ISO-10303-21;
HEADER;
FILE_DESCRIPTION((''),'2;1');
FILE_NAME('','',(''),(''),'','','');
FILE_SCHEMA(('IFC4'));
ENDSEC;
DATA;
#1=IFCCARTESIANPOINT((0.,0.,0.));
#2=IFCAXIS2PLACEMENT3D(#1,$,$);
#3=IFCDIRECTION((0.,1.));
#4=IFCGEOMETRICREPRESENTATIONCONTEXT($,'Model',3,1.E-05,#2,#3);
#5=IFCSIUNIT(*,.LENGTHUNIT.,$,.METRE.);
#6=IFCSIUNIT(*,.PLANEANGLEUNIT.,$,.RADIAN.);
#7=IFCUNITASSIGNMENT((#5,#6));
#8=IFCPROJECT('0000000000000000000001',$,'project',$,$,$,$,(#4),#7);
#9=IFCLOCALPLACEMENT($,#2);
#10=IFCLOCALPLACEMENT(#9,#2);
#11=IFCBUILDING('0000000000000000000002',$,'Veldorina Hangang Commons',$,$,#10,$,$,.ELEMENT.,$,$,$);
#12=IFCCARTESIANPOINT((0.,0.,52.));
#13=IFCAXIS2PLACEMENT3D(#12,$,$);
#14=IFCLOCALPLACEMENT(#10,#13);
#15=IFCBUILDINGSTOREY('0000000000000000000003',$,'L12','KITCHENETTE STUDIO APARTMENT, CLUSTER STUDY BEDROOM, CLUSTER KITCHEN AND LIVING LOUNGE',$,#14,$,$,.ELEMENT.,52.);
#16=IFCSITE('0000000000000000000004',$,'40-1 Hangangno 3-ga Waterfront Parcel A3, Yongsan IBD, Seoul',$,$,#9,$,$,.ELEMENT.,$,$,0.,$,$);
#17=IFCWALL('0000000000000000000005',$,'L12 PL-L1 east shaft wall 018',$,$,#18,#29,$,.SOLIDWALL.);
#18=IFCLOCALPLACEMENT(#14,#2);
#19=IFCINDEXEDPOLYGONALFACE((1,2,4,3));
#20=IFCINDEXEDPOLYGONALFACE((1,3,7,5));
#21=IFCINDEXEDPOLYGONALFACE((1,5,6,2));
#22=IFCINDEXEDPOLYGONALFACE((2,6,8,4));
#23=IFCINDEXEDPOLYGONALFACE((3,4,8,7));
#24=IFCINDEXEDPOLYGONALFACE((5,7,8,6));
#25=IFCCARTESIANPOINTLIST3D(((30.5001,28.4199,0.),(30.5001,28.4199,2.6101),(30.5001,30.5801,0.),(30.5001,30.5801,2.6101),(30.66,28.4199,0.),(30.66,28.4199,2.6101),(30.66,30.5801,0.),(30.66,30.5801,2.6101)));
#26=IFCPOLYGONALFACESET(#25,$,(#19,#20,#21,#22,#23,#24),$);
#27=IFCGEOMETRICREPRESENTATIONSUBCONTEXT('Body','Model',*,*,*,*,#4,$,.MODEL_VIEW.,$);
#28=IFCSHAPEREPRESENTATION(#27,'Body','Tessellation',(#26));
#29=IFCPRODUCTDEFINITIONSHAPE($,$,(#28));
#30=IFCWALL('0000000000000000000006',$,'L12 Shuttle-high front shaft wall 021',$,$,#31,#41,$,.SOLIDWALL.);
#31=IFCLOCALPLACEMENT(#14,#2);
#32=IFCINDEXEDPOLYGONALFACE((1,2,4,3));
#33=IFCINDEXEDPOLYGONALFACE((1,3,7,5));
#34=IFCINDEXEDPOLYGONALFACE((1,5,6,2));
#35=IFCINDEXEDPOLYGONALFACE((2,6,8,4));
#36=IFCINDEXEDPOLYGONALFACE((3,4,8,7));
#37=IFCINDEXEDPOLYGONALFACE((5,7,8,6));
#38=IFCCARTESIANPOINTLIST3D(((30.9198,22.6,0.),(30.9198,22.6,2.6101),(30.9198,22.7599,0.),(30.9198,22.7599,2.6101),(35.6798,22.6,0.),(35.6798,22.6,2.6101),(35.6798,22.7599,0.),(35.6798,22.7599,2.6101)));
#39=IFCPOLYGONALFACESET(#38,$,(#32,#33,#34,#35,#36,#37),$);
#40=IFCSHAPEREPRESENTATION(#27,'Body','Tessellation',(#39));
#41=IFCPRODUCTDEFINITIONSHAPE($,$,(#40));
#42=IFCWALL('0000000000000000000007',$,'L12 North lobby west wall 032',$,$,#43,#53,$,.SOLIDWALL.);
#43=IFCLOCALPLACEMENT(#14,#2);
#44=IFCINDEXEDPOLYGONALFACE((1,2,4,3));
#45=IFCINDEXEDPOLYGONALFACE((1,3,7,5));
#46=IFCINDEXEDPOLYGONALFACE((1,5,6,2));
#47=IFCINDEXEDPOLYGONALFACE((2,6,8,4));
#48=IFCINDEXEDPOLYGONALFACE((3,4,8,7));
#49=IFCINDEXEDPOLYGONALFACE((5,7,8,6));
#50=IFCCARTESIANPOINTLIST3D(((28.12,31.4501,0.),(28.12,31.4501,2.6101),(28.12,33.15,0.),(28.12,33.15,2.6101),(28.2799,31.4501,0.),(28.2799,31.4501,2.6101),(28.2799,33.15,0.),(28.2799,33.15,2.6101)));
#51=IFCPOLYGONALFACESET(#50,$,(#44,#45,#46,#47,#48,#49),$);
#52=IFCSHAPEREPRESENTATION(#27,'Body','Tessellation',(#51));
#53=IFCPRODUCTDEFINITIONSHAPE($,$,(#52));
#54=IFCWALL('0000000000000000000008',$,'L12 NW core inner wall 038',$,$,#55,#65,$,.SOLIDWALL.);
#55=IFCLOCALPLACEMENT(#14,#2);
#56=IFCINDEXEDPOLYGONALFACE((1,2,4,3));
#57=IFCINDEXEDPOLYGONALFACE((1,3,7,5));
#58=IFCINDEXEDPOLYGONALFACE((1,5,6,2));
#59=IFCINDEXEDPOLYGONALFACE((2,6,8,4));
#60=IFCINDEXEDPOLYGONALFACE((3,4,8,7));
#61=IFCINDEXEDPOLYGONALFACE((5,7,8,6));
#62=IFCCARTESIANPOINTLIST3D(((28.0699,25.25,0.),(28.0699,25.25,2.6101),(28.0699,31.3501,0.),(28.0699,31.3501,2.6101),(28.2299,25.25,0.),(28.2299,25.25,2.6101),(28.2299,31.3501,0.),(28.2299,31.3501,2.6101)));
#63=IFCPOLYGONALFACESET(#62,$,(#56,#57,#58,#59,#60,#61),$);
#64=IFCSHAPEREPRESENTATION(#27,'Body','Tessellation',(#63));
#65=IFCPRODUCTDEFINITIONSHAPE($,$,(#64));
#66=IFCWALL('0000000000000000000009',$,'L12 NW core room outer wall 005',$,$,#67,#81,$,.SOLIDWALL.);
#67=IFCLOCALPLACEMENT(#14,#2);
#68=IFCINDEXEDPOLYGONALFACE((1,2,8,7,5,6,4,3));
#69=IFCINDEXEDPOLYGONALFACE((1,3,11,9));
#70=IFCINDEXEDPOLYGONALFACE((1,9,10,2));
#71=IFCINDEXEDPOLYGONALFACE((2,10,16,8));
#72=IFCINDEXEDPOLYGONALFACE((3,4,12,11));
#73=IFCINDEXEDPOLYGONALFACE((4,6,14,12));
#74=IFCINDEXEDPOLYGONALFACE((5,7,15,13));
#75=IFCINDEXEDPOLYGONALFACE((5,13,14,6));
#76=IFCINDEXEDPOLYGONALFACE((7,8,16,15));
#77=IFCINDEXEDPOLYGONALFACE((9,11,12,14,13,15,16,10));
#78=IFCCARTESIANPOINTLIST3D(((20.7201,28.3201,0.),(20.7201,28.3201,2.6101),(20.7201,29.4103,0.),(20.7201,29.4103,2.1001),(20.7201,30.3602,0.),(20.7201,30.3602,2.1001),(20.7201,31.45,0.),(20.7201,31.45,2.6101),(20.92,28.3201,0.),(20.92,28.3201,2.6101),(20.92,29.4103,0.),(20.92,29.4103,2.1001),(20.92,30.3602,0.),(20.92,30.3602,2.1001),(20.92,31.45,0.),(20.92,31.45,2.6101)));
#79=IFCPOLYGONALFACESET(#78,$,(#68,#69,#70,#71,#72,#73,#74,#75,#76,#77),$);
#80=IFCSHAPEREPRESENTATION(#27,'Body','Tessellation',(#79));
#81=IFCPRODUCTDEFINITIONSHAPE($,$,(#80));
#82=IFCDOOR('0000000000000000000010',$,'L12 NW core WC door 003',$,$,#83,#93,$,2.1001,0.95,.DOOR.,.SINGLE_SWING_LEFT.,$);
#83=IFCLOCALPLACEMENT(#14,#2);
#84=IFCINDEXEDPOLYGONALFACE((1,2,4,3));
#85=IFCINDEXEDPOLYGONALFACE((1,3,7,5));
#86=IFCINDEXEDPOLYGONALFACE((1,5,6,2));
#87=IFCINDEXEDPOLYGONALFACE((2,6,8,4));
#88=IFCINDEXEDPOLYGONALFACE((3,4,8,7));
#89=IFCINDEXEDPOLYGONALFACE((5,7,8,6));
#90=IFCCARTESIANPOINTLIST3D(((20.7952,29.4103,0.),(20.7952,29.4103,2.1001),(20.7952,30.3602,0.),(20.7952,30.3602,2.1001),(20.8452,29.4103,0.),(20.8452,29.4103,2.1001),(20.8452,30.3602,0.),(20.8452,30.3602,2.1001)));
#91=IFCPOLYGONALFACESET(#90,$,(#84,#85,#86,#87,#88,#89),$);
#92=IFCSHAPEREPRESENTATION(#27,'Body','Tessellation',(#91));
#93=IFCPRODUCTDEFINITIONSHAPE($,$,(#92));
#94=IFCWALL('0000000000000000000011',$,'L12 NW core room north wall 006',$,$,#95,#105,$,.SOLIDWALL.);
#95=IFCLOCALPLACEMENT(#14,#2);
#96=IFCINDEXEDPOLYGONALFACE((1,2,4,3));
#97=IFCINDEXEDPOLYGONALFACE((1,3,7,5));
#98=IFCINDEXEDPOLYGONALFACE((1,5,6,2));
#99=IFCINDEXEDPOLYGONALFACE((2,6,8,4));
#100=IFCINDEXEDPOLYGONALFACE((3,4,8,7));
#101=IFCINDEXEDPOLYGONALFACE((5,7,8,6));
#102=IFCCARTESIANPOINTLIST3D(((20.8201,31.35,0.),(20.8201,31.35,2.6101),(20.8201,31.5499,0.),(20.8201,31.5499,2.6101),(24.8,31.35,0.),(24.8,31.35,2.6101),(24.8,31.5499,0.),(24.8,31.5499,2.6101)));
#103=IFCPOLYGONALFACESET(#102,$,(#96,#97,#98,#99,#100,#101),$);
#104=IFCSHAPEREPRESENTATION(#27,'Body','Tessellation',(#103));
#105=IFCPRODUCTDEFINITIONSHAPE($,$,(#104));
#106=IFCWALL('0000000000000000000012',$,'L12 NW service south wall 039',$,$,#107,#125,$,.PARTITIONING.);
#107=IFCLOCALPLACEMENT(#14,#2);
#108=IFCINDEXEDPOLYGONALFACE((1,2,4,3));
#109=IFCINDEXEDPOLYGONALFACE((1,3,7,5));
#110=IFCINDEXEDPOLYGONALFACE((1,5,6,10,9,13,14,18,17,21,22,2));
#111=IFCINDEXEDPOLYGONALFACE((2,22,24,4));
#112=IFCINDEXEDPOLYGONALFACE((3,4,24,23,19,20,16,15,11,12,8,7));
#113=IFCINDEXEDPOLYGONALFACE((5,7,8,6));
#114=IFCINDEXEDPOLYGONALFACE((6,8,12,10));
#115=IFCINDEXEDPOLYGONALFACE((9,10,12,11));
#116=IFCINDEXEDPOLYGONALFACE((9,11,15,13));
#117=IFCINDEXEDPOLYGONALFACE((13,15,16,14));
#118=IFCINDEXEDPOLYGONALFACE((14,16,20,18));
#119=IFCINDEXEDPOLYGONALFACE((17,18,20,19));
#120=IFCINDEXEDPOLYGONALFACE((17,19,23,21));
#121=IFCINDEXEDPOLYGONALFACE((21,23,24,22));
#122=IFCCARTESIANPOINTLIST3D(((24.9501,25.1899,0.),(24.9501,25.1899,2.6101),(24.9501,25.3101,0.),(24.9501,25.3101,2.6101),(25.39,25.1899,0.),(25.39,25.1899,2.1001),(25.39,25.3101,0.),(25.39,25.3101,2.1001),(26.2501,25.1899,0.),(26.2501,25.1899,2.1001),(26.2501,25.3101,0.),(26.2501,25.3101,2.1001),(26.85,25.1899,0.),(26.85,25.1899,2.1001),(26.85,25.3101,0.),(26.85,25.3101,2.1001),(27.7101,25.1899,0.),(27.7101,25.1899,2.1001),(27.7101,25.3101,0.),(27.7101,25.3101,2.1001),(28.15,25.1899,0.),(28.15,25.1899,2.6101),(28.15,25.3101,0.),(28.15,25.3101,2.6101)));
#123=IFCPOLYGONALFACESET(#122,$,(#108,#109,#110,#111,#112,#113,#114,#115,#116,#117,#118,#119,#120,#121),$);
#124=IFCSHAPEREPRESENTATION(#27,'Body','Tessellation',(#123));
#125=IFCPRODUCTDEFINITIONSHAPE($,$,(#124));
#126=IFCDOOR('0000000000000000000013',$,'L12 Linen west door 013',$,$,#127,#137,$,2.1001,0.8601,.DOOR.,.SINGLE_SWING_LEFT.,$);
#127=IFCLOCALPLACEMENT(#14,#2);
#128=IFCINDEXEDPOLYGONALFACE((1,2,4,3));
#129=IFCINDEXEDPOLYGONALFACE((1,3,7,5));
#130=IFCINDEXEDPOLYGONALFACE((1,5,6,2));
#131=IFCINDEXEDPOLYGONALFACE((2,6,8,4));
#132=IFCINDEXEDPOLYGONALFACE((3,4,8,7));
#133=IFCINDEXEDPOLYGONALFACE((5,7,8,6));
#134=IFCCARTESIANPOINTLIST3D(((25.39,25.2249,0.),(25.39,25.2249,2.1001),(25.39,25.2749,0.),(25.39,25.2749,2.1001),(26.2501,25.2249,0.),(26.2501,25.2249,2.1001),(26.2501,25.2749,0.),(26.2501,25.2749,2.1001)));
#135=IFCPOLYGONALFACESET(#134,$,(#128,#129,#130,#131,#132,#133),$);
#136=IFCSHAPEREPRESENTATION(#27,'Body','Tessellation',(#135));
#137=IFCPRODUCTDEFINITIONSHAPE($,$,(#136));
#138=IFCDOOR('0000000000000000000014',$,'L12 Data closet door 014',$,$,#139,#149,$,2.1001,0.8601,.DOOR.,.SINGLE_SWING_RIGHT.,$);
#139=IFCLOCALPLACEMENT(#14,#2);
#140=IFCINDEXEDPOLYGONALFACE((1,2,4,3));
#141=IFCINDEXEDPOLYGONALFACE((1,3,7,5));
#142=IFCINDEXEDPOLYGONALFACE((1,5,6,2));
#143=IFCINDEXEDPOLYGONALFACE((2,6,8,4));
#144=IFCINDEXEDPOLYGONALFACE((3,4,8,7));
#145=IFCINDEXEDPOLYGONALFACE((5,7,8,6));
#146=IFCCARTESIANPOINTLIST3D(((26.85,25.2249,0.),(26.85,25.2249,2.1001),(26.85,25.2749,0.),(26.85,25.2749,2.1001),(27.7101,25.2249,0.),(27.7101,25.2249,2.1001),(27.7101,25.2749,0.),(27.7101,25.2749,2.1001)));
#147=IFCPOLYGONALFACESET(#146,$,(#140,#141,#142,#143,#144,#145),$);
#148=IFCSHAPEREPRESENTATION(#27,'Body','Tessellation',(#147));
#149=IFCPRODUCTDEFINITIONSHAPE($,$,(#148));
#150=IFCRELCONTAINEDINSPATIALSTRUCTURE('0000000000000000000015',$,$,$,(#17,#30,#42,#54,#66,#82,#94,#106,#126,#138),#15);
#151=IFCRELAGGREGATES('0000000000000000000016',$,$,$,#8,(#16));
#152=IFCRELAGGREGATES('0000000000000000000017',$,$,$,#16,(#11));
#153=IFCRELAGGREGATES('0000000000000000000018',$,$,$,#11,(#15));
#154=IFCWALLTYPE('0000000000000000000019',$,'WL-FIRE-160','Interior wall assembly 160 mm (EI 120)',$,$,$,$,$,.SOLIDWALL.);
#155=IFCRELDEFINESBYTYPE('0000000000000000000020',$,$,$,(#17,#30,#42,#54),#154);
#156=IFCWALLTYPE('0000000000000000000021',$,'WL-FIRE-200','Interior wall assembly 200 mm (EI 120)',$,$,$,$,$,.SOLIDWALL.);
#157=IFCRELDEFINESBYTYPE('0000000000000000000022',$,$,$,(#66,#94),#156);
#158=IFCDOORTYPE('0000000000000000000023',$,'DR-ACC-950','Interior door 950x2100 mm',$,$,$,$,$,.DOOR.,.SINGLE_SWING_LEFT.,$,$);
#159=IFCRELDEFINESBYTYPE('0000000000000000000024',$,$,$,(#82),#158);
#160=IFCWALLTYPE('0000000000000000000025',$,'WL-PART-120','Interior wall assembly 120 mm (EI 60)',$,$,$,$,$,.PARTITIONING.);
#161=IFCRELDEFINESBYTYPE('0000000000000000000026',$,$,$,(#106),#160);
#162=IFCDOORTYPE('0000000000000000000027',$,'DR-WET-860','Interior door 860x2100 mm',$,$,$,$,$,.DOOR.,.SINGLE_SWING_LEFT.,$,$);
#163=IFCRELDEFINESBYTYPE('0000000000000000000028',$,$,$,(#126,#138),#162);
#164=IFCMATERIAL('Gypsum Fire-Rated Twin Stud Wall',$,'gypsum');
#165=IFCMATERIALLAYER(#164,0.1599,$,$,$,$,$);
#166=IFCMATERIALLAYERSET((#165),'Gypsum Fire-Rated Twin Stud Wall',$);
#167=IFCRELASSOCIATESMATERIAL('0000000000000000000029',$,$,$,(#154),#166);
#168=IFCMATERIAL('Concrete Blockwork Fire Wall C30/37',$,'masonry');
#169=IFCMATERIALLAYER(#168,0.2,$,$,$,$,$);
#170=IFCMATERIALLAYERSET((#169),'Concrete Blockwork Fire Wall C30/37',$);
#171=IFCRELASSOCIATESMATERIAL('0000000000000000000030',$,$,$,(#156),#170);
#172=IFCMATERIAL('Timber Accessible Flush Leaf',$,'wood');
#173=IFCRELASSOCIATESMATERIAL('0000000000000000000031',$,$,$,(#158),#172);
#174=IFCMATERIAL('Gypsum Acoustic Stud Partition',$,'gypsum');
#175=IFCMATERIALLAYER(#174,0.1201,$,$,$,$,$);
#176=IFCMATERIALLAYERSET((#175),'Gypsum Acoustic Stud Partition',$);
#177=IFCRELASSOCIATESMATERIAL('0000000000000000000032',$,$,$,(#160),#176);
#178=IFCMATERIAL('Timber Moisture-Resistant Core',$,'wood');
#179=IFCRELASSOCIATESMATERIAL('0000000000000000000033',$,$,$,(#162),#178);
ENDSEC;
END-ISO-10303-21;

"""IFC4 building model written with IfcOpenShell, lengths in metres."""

from ifc_helpers import new_model, si_unit, direction, frame, frame_2d, origin, place, context, subcontext, project, spatial, rectangle, extrude, material, layer, layer_set, type_object, element, fill, save


model = new_model("IFC4")

# Units and contexts
model_context = context("Model", 3, precision=1e-05, world=origin(), true_north=direction((0.0, 1.0)))
body_context = subcontext(model_context, "Body", "Model", "MODEL_VIEW")
ifc_project = project(units=[si_unit("LENGTHUNIT", "METRE"), si_unit("PLANEANGLEUNIT", "RADIAN")], contexts=[model_context])

# Site, building, storey
site_placement = place(None, origin())
site = spatial("IfcSite", under=ifc_project, at=site_placement, Name="40-1 Hangangno 3-ga Waterfront Parcel A3, Yongsan IBD, Seoul", CompositionType="ELEMENT", RefElevation=0.0)
building_placement = place(site_placement, origin())
building = spatial("IfcBuilding", under=site, at=building_placement, Name="Veldorina Hangang Commons", CompositionType="ELEMENT")
storey_placement = place(building_placement, frame((0.0, 0.0, 52.0)))
storey = spatial("IfcBuildingStorey", under=building, at=storey_placement, Name="L12", Description="KITCHENETTE STUDIO APARTMENT, CLUSTER STUDY BEDROOM, CLUSTER KITCHEN AND LIVING LOUNGE", CompositionType="ELEMENT", Elevation=52.0)

# Shared definitions
ifc_material_1 = material(Name="Gypsum Fire-Rated Twin Stud Wall", Category="gypsum")
ifc_layer_1 = layer(ifc_material_1, 0.1599)
ifc_layer_set_1 = layer_set([ifc_layer_1], Name="Gypsum Fire-Rated Twin Stud Wall")
wall_type_1 = type_object("IfcWallType", Name="WL-FIRE-160", Description="Interior wall assembly 160 mm (EI 120)", PredefinedType="SOLIDWALL", material=ifc_layer_set_1)

# Walls
for number, where, z_axis, x_axis, name in (
    (1, (30.5801, 28.4199, 0.0), (0.0, 0.0, 1.0), (0.0, 1.0, 0.0), "L12 PL-L1 east shaft wall 018"),
):
    element("IfcWall", number, at=place(storey_placement, frame(where, z_axis=z_axis, x_axis=x_axis)), inside=storey, type_object=wall_type_1, Name=name, PredefinedType="SOLIDWALL", context=body_context, shape_type="SweptSolid", body=[
        extrude(rectangle(XDim=2.1602, YDim=0.1599, at=frame_2d((1.0801, 0.0))), origin(), (0.0, 0.0, 1.0), 2.6101),
    ])
wall_1_placement = place(storey_placement, frame((30.9199, 22.6799, 0.0), z_axis=(0.0, 0.0, 1.0), x_axis=(1.0, 0.0, 0.0)))
element("IfcWall", 2, at=wall_1_placement, inside=storey, type_object=wall_type_1, Name="L12 Shuttle-high front shaft wall 021", PredefinedType="SOLIDWALL", context=body_context, shape_type="SweptSolid", body=[
    extrude(rectangle(XDim=4.76, YDim=0.1599, at=frame_2d((2.3799, 0.0))), origin(), (0.0, 0.0, 1.0), 2.6101),
])
wall_2_placement = place(storey_placement, frame((28.2, 31.45, 0.0), z_axis=(0.0, 0.0, 1.0), x_axis=(0.0, 1.0, 0.0)))
element("IfcWall", 3, at=wall_2_placement, inside=storey, type_object=wall_type_1, Name="L12 North lobby west wall 032", PredefinedType="SOLIDWALL", context=body_context, shape_type="SweptSolid", body=[
    extrude(rectangle(XDim=1.7, YDim=0.1599, at=frame_2d((0.8501, 0.0))), origin(), (0.0, 0.0, 1.0), 2.6101),
])
wall_3_placement = place(storey_placement, frame((28.1499, 25.25, 0.0), z_axis=(0.0, 0.0, 1.0), x_axis=(0.0, 1.0, 0.0)))
element("IfcWall", 4, at=wall_3_placement, inside=storey, type_object=wall_type_1, Name="L12 NW core inner wall 038", PredefinedType="SOLIDWALL", context=body_context, shape_type="SweptSolid", body=[
    extrude(rectangle(XDim=6.1001, YDim=0.1599, at=frame_2d((3.05, 0.0))), origin(), (0.0, 0.0, 1.0), 2.6101),
])

# Wall, opening, door
ifc_material_2 = material(Name="Concrete Blockwork Fire Wall C30/37", Category="masonry")
ifc_layer_2 = layer(ifc_material_2, 0.2)
ifc_layer_set_2 = layer_set([ifc_layer_2], Name="Concrete Blockwork Fire Wall C30/37")
wall_type_2 = type_object("IfcWallType", Name="WL-FIRE-200", Description="Interior wall assembly 200 mm (EI 120)", PredefinedType="SOLIDWALL", material=ifc_layer_set_2)
wall_4_placement = place(storey_placement, frame((20.8201, 28.3201, 0.0), z_axis=(0.0, 0.0, 1.0), x_axis=(0.0, 1.0, 0.0)))
wall_4 = element("IfcWall", 5, at=wall_4_placement, inside=storey, type_object=wall_type_2, Name="L12 NW core room outer wall 005", PredefinedType="SOLIDWALL", context=body_context, shape_type="SweptSolid", body=[
    extrude(rectangle(XDim=3.1299, YDim=0.2, at=frame_2d((1.5649, 0.0))), origin(), (0.0, 0.0, 1.0), 2.6101),
])
opening_1_placement = place(wall_4_placement, frame((1.0901, 0.0, 0.0)))
opening_1 = element("IfcOpeningElement", 6, at=opening_1_placement, cuts=wall_4, PredefinedType="OPENING", context=body_context, shape_type="SweptSolid", body=[
    extrude(rectangle(XDim=0.95, YDim=2.1001, at=frame_2d((0.4751, 1.05))), frame((0.0, 0.1099, 0.0), z_axis=(0.0, -1.0, 0.0), x_axis=(1.0, 0.0, 0.0)), (0.0, 0.0, 1.0), 0.22),
])
ifc_material_3 = material(Name="Timber Accessible Flush Leaf", Category="wood")
door_type_1 = type_object("IfcDoorType", Name="DR-ACC-950", Description="Interior door 950x2100 mm", OperationType="SINGLE_SWING_LEFT", PredefinedType="DOOR", material=ifc_material_3)
door_1_placement = place(opening_1_placement, origin())
door_1 = element("IfcDoor", 7, at=door_1_placement, inside=storey, type_object=door_type_1, Name="L12 NW core WC door 003", OperationType="SINGLE_SWING_LEFT", OverallHeight=2.1001, OverallWidth=0.95, PredefinedType="DOOR", context=body_context, shape_type="SweptSolid", body=[
    extrude(rectangle(XDim=0.95, YDim=2.1001, at=frame_2d((0.4751, 1.05))), frame((0.0, 0.0249, 0.0), z_axis=(0.0, -1.0, 0.0), x_axis=(1.0, 0.0, 0.0)), (0.0, 0.0, 1.0), 0.05),
])
fill(opening_1, door_1)

# Wall
wall_5_placement = place(storey_placement, frame((20.8201, 31.45, 0.0), z_axis=(0.0, 0.0, 1.0), x_axis=(1.0, 0.0, 0.0)))
element("IfcWall", 8, at=wall_5_placement, inside=storey, type_object=wall_type_2, Name="L12 NW core room north wall 006", PredefinedType="SOLIDWALL", context=body_context, shape_type="SweptSolid", body=[
    extrude(rectangle(XDim=3.98, YDim=0.2, at=frame_2d((1.99, 0.0))), origin(), (0.0, 0.0, 1.0), 2.6101),
])

# Wall, openings, doors
ifc_material_4 = material(Name="Gypsum Acoustic Stud Partition", Category="gypsum")
ifc_layer_3 = layer(ifc_material_4, 0.1201)
ifc_layer_set_3 = layer_set([ifc_layer_3], Name="Gypsum Acoustic Stud Partition")
wall_type_3 = type_object("IfcWallType", Name="WL-PART-120", Description="Interior wall assembly 120 mm (EI 60)", PredefinedType="PARTITIONING", material=ifc_layer_set_3)
wall_6_placement = place(storey_placement, frame((24.95, 25.25, 0.0), z_axis=(0.0, 0.0, 1.0), x_axis=(1.0, 0.0, 0.0)))
wall_6 = element("IfcWall", 9, at=wall_6_placement, inside=storey, type_object=wall_type_3, Name="L12 NW service south wall 039", PredefinedType="PARTITIONING", context=body_context, shape_type="SweptSolid", body=[
    extrude(rectangle(XDim=3.2, YDim=0.1201, at=frame_2d((1.6001, 0.0))), origin(), (0.0, 0.0, 1.0), 2.6101),
])
opening_2_placement = place(wall_6_placement, frame((0.4399, 0.0, 0.0)))
opening_2 = element("IfcOpeningElement", 10, at=opening_2_placement, cuts=wall_6, PredefinedType="OPENING", context=body_context, shape_type="SweptSolid", body=[
    extrude(rectangle(XDim=0.8601, YDim=2.1001, at=frame_2d((0.4302, 1.05))), frame((0.0, 0.0701, 0.0), z_axis=(0.0, -1.0, 0.0), x_axis=(1.0, 0.0, 0.0)), (0.0, 0.0, 1.0), 0.1401),
])
opening_3_placement = place(wall_6_placement, frame((1.8999, 0.0, 0.0)))
opening_3 = element("IfcOpeningElement", 11, at=opening_3_placement, cuts=wall_6, PredefinedType="OPENING", context=body_context, shape_type="SweptSolid", body=[
    extrude(rectangle(XDim=0.8601, YDim=2.1001, at=frame_2d((0.4302, 1.05))), frame((0.0, 0.0701, 0.0), z_axis=(0.0, -1.0, 0.0), x_axis=(1.0, 0.0, 0.0)), (0.0, 0.0, 1.0), 0.1401),
])
ifc_material_5 = material(Name="Timber Moisture-Resistant Core", Category="wood")
door_type_2 = type_object("IfcDoorType", Name="DR-WET-860", Description="Interior door 860x2100 mm", OperationType="SINGLE_SWING_LEFT", PredefinedType="DOOR", material=ifc_material_5)
door_2_placement = place(opening_2_placement, origin())
door_2 = element("IfcDoor", 12, at=door_2_placement, inside=storey, type_object=door_type_2, Name="L12 Linen west door 013", OperationType="SINGLE_SWING_LEFT", OverallHeight=2.1001, OverallWidth=0.8601, PredefinedType="DOOR", context=body_context, shape_type="SweptSolid", body=[
    extrude(rectangle(XDim=0.8601, YDim=2.1001, at=frame_2d((0.4302, 1.05))), frame((0.0, 0.0249, 0.0), z_axis=(0.0, -1.0, 0.0), x_axis=(1.0, 0.0, 0.0)), (0.0, 0.0, 1.0), 0.05),
])
fill(opening_2, door_2)
door_3_placement = place(opening_3_placement, origin())
door_3 = element("IfcDoor", 13, at=door_3_placement, inside=storey, type_object=door_type_2, Name="L12 Data closet door 014", OperationType="SINGLE_SWING_RIGHT", OverallHeight=2.1001, OverallWidth=0.8601, PredefinedType="DOOR", context=body_context, shape_type="SweptSolid", body=[
    extrude(rectangle(XDim=0.8601, YDim=2.1001, at=frame_2d((0.4302, 1.05))), frame((0.0, 0.0249, 0.0), z_axis=(0.0, -1.0, 0.0), x_axis=(1.0, 0.0, 0.0)), (0.0, 0.0, 1.0), 0.05),
])
fill(opening_3, door_3)

save(model, "model.ifc")
